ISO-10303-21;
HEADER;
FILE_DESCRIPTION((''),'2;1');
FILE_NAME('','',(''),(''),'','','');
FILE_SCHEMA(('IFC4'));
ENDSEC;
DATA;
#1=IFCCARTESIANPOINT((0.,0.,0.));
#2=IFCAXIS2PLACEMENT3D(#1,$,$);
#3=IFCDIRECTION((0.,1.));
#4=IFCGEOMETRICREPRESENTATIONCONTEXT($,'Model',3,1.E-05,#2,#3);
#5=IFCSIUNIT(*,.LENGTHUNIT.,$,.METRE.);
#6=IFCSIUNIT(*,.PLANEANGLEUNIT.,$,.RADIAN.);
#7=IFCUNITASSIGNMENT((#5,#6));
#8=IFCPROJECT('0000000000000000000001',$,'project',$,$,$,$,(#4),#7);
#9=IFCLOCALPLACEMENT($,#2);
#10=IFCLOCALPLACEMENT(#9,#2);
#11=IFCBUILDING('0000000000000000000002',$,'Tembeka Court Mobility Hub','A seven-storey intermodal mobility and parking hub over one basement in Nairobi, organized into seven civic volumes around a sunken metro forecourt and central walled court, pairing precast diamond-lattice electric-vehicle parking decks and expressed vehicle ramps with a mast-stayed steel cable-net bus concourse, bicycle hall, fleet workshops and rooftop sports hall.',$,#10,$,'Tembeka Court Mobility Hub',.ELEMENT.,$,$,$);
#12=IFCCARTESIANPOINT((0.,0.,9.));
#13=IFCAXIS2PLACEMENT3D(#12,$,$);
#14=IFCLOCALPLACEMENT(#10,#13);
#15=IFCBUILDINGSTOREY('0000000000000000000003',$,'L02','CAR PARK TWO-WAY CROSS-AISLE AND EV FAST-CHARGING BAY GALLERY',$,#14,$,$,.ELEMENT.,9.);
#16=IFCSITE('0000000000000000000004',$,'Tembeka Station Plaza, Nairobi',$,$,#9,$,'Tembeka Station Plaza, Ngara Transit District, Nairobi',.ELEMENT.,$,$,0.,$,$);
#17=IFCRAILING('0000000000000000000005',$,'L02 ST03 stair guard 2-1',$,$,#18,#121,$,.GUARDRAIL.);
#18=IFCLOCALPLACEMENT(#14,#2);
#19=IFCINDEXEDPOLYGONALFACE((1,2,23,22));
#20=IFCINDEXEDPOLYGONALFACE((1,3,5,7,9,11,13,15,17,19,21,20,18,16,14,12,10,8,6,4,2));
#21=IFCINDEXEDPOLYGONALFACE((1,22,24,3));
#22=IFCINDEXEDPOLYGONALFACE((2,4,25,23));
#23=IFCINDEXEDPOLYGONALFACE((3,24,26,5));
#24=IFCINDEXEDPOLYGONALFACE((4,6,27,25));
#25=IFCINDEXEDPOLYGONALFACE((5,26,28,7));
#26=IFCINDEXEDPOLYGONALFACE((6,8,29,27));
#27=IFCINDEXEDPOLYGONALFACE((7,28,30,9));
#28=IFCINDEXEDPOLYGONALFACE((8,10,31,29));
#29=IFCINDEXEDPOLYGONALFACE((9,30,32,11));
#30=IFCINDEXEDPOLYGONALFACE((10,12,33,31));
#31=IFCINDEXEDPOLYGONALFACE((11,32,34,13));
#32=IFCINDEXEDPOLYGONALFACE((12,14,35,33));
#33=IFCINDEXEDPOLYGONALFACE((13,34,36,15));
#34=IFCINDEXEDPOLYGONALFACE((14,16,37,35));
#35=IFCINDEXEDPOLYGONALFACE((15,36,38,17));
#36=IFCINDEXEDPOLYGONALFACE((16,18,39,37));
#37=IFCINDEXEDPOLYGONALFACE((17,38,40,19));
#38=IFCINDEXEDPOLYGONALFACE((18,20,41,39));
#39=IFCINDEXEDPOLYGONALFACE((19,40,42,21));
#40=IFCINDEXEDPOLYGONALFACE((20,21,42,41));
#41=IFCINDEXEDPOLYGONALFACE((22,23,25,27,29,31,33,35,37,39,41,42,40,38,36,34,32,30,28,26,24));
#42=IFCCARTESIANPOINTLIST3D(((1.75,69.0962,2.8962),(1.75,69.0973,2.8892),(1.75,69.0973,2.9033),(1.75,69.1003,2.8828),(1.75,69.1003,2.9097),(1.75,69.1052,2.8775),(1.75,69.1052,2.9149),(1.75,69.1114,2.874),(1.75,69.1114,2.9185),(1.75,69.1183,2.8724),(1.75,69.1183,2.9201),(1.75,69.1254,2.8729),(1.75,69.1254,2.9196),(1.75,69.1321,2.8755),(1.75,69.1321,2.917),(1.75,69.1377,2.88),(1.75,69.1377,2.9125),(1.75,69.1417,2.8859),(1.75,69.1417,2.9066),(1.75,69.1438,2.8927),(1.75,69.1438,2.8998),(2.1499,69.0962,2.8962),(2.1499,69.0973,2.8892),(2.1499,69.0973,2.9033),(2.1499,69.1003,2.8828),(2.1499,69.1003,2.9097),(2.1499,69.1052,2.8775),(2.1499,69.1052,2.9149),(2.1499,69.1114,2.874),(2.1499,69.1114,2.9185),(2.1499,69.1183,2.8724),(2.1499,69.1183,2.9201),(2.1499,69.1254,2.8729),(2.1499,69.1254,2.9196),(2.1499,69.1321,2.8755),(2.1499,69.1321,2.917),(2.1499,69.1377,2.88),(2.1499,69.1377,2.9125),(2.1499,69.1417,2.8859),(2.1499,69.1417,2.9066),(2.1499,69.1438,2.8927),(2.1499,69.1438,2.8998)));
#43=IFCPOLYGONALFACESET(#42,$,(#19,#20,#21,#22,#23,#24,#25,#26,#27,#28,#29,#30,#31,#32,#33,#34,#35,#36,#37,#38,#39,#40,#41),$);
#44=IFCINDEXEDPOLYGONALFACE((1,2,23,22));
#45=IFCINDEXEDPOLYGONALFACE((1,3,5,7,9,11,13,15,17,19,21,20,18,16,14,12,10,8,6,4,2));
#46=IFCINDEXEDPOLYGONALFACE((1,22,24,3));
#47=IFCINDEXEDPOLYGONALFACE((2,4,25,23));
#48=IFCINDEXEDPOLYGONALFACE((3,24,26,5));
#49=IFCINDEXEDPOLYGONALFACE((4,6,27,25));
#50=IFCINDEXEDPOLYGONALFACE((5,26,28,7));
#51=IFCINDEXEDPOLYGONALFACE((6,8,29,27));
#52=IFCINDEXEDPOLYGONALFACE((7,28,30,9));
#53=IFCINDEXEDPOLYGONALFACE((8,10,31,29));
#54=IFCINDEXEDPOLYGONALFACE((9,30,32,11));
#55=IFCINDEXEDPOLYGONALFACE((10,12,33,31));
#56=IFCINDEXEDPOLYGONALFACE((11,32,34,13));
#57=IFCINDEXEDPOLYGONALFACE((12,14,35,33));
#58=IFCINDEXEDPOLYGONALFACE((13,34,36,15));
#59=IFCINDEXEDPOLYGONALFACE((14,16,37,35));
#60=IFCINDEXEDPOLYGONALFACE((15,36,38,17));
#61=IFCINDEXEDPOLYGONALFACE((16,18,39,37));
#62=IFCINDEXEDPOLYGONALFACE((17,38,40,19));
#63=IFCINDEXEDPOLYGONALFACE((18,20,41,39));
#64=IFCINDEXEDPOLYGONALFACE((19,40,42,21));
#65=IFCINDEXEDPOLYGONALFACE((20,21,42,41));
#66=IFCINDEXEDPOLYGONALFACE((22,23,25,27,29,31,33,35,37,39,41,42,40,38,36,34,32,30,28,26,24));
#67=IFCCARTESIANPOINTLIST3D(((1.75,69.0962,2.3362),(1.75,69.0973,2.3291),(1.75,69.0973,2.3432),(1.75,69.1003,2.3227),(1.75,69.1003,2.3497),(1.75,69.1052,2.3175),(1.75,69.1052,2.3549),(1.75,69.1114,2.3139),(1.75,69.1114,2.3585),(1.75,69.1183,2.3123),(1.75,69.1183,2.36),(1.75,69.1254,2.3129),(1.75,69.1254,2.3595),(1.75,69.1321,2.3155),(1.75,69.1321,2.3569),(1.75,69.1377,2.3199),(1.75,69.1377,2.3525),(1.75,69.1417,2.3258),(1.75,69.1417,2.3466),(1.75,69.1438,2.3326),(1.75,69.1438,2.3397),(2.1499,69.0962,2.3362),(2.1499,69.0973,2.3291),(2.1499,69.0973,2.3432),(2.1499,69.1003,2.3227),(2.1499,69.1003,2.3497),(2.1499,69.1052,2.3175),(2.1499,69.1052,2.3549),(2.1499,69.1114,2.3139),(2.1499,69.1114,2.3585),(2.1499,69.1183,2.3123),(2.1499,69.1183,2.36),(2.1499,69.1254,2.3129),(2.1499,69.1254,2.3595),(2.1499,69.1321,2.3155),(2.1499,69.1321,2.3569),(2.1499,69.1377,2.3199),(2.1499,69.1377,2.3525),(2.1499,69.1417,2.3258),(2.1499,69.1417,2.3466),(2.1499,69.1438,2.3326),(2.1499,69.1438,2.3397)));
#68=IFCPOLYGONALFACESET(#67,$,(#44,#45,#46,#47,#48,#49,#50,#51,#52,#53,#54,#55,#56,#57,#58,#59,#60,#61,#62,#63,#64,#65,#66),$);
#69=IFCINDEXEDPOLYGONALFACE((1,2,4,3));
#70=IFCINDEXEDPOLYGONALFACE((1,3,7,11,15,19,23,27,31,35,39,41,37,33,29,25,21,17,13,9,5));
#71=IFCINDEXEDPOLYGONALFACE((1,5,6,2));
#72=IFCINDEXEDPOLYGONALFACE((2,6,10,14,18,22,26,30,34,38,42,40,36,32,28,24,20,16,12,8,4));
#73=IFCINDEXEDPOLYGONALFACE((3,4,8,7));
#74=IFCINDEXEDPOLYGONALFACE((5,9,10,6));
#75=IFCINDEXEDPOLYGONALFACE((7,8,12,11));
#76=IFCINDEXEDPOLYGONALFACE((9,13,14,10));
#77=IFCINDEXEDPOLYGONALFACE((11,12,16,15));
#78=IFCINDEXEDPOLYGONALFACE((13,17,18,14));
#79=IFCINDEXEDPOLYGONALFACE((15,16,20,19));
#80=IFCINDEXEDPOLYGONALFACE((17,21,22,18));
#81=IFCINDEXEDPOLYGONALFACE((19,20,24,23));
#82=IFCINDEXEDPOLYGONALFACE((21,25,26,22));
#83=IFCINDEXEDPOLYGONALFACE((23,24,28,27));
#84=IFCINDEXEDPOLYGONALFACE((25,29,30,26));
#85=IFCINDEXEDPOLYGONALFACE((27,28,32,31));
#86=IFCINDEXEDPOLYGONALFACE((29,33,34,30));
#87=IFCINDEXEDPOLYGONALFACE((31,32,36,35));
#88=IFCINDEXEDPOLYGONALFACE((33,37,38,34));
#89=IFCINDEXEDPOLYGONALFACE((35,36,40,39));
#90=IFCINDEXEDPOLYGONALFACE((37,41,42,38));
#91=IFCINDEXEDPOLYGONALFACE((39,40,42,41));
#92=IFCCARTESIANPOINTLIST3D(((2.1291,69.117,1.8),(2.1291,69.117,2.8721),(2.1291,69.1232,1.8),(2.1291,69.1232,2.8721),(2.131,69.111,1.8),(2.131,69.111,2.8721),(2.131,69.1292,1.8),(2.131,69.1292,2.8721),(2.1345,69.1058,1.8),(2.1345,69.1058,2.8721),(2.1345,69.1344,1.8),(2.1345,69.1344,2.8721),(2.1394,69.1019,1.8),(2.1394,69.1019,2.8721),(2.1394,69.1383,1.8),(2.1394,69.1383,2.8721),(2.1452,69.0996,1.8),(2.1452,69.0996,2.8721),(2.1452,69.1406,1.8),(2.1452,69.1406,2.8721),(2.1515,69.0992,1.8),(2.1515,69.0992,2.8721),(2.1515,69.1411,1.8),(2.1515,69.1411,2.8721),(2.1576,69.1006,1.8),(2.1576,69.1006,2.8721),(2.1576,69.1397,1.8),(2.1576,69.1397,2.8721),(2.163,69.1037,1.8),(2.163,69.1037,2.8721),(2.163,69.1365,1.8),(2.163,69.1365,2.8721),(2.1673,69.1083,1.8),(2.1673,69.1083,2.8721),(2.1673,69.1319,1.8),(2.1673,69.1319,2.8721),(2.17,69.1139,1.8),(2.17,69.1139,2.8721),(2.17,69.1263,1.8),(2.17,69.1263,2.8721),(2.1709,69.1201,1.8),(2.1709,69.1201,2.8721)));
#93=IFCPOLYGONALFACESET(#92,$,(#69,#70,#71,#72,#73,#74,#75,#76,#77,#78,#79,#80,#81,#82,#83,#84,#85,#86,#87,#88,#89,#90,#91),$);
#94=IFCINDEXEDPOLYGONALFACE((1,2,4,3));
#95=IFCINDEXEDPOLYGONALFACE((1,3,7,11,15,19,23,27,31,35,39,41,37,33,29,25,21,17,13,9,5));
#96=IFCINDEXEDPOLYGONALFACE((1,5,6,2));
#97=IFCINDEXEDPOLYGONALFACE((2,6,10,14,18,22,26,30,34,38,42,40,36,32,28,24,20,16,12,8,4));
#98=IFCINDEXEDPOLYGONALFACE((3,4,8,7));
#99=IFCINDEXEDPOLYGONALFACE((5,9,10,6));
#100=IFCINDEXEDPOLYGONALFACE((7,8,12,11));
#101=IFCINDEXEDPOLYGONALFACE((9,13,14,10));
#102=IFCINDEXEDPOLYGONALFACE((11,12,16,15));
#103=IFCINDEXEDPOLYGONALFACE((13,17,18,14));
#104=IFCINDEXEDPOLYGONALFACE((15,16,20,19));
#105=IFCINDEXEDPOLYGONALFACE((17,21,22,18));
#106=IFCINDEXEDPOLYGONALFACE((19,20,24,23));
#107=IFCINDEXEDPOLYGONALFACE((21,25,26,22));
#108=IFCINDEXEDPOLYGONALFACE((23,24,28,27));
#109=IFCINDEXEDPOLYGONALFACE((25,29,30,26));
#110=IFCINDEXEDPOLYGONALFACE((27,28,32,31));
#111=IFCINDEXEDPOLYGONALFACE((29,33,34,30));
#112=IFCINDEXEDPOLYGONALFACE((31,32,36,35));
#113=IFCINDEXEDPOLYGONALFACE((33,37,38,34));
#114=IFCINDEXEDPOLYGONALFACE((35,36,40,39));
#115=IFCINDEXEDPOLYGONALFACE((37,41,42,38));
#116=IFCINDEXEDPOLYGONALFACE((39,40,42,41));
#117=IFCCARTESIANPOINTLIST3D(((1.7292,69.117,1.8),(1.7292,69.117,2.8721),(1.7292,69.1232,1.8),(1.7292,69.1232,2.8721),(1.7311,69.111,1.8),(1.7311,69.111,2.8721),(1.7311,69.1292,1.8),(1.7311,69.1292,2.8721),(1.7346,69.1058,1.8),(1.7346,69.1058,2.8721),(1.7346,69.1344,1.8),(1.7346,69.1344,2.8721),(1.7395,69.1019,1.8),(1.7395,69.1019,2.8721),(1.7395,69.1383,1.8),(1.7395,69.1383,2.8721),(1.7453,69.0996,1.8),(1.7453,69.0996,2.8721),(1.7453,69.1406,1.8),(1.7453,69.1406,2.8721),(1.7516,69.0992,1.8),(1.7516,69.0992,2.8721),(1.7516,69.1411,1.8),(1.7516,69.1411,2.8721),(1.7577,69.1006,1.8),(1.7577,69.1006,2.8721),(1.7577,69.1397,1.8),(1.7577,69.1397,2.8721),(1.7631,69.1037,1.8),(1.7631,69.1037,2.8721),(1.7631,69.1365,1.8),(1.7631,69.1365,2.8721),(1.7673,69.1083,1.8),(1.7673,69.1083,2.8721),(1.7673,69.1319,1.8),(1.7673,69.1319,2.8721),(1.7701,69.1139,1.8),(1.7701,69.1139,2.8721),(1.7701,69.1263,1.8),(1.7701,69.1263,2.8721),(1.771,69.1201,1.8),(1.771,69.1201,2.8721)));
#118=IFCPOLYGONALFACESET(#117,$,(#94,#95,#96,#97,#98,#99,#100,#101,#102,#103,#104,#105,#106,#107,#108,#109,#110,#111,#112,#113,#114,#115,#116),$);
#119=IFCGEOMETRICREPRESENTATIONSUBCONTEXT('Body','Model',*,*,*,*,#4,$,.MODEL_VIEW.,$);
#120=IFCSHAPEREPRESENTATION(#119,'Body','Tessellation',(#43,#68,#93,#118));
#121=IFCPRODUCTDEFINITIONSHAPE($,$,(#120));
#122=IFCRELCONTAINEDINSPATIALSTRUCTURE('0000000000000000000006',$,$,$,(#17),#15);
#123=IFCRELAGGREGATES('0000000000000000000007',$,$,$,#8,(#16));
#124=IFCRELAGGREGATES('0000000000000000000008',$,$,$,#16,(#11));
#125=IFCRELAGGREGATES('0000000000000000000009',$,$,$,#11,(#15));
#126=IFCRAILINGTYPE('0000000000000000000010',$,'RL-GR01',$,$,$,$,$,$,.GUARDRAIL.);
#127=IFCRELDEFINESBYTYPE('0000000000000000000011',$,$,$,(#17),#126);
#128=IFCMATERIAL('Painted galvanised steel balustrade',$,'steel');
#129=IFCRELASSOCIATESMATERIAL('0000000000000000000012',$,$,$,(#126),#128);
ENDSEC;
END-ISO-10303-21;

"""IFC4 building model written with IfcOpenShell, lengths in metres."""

from ifc_helpers import new_model, si_unit, direction, frame, origin, origin_2d, place, context, subcontext, project, spatial, circle, extrude, material, type_object, element, save


model = new_model("IFC4")

# Units and contexts
model_context = context("Model", 3, precision=1e-05, world=origin(), true_north=direction((0.0, 1.0)))
body_context = subcontext(model_context, "Body", "Model", "MODEL_VIEW")
ifc_project = project(units=[si_unit("LENGTHUNIT", "METRE"), si_unit("PLANEANGLEUNIT", "RADIAN")], contexts=[model_context])

# Site, building, storey
site_placement = place(None, origin())
site = spatial("IfcSite", under=ifc_project, at=site_placement, Name="Tembeka Station Plaza, Nairobi", LongName="Tembeka Station Plaza, Ngara Transit District, Nairobi", CompositionType="ELEMENT", RefElevation=0.0)
building_placement = place(site_placement, origin())
building = spatial("IfcBuilding", under=site, at=building_placement, Name="Tembeka Court Mobility Hub", Description="A seven-storey intermodal mobility and parking hub over one basement in Nairobi, organized into seven civic volumes around a sunken metro forecourt and central walled court, pairing precast diamond-lattice electric-vehicle parking decks and expressed vehicle ramps with a mast-stayed steel cable-net bus concourse, bicycle hall, fleet workshops and rooftop sports hall.", LongName="Tembeka Court Mobility Hub", CompositionType="ELEMENT")
storey_placement = place(building_placement, frame((0.0, 0.0, 9.0)))
storey = spatial("IfcBuildingStorey", under=building, at=storey_placement, Name="L02", Description="CAR PARK TWO-WAY CROSS-AISLE AND EV FAST-CHARGING BAY GALLERY", CompositionType="ELEMENT", Elevation=9.0)

# Railing
ifc_material_1 = material(Name="Painted galvanised steel balustrade", Category="steel")
railing_type_1 = type_object("IfcRailingType", Name="RL-GR01", PredefinedType="GUARDRAIL", material=ifc_material_1)
railing_1_placement = place(storey_placement, frame((2.1499, 69.1201, 1.8)))
element("IfcRailing", 1, at=railing_1_placement, inside=storey, type_object=railing_type_1, Name="L02 ST03 stair guard 2-1", PredefinedType="GUARDRAIL", context=body_context, shape_type="SweptSolid", body=[
    extrude(circle(Radius=0.0239, at=origin_2d()), frame((0.0, 0.0, 1.0962), z_axis=(-1.0, 0.0, 0.0), x_axis=(0.0, -1.0, 0.0)), (0.0, 0.0, 1.0), 0.3999),
    extrude(circle(Radius=0.0239, at=origin_2d()), frame((0.0, 0.0, 0.5361), z_axis=(-1.0, 0.0, 0.0), x_axis=(0.0, -1.0, 0.0)), (0.0, 0.0, 1.0), 0.3999),
    extrude(circle(Radius=0.021, at=origin_2d()), origin(), (0.0, 0.0, 1.0), 1.072),
    extrude(circle(Radius=0.021, at=origin_2d()), frame((-0.3999, 0.0, 0.0)), (0.0, 0.0, 1.0), 1.072),
])

save(model, "model.ifc")
